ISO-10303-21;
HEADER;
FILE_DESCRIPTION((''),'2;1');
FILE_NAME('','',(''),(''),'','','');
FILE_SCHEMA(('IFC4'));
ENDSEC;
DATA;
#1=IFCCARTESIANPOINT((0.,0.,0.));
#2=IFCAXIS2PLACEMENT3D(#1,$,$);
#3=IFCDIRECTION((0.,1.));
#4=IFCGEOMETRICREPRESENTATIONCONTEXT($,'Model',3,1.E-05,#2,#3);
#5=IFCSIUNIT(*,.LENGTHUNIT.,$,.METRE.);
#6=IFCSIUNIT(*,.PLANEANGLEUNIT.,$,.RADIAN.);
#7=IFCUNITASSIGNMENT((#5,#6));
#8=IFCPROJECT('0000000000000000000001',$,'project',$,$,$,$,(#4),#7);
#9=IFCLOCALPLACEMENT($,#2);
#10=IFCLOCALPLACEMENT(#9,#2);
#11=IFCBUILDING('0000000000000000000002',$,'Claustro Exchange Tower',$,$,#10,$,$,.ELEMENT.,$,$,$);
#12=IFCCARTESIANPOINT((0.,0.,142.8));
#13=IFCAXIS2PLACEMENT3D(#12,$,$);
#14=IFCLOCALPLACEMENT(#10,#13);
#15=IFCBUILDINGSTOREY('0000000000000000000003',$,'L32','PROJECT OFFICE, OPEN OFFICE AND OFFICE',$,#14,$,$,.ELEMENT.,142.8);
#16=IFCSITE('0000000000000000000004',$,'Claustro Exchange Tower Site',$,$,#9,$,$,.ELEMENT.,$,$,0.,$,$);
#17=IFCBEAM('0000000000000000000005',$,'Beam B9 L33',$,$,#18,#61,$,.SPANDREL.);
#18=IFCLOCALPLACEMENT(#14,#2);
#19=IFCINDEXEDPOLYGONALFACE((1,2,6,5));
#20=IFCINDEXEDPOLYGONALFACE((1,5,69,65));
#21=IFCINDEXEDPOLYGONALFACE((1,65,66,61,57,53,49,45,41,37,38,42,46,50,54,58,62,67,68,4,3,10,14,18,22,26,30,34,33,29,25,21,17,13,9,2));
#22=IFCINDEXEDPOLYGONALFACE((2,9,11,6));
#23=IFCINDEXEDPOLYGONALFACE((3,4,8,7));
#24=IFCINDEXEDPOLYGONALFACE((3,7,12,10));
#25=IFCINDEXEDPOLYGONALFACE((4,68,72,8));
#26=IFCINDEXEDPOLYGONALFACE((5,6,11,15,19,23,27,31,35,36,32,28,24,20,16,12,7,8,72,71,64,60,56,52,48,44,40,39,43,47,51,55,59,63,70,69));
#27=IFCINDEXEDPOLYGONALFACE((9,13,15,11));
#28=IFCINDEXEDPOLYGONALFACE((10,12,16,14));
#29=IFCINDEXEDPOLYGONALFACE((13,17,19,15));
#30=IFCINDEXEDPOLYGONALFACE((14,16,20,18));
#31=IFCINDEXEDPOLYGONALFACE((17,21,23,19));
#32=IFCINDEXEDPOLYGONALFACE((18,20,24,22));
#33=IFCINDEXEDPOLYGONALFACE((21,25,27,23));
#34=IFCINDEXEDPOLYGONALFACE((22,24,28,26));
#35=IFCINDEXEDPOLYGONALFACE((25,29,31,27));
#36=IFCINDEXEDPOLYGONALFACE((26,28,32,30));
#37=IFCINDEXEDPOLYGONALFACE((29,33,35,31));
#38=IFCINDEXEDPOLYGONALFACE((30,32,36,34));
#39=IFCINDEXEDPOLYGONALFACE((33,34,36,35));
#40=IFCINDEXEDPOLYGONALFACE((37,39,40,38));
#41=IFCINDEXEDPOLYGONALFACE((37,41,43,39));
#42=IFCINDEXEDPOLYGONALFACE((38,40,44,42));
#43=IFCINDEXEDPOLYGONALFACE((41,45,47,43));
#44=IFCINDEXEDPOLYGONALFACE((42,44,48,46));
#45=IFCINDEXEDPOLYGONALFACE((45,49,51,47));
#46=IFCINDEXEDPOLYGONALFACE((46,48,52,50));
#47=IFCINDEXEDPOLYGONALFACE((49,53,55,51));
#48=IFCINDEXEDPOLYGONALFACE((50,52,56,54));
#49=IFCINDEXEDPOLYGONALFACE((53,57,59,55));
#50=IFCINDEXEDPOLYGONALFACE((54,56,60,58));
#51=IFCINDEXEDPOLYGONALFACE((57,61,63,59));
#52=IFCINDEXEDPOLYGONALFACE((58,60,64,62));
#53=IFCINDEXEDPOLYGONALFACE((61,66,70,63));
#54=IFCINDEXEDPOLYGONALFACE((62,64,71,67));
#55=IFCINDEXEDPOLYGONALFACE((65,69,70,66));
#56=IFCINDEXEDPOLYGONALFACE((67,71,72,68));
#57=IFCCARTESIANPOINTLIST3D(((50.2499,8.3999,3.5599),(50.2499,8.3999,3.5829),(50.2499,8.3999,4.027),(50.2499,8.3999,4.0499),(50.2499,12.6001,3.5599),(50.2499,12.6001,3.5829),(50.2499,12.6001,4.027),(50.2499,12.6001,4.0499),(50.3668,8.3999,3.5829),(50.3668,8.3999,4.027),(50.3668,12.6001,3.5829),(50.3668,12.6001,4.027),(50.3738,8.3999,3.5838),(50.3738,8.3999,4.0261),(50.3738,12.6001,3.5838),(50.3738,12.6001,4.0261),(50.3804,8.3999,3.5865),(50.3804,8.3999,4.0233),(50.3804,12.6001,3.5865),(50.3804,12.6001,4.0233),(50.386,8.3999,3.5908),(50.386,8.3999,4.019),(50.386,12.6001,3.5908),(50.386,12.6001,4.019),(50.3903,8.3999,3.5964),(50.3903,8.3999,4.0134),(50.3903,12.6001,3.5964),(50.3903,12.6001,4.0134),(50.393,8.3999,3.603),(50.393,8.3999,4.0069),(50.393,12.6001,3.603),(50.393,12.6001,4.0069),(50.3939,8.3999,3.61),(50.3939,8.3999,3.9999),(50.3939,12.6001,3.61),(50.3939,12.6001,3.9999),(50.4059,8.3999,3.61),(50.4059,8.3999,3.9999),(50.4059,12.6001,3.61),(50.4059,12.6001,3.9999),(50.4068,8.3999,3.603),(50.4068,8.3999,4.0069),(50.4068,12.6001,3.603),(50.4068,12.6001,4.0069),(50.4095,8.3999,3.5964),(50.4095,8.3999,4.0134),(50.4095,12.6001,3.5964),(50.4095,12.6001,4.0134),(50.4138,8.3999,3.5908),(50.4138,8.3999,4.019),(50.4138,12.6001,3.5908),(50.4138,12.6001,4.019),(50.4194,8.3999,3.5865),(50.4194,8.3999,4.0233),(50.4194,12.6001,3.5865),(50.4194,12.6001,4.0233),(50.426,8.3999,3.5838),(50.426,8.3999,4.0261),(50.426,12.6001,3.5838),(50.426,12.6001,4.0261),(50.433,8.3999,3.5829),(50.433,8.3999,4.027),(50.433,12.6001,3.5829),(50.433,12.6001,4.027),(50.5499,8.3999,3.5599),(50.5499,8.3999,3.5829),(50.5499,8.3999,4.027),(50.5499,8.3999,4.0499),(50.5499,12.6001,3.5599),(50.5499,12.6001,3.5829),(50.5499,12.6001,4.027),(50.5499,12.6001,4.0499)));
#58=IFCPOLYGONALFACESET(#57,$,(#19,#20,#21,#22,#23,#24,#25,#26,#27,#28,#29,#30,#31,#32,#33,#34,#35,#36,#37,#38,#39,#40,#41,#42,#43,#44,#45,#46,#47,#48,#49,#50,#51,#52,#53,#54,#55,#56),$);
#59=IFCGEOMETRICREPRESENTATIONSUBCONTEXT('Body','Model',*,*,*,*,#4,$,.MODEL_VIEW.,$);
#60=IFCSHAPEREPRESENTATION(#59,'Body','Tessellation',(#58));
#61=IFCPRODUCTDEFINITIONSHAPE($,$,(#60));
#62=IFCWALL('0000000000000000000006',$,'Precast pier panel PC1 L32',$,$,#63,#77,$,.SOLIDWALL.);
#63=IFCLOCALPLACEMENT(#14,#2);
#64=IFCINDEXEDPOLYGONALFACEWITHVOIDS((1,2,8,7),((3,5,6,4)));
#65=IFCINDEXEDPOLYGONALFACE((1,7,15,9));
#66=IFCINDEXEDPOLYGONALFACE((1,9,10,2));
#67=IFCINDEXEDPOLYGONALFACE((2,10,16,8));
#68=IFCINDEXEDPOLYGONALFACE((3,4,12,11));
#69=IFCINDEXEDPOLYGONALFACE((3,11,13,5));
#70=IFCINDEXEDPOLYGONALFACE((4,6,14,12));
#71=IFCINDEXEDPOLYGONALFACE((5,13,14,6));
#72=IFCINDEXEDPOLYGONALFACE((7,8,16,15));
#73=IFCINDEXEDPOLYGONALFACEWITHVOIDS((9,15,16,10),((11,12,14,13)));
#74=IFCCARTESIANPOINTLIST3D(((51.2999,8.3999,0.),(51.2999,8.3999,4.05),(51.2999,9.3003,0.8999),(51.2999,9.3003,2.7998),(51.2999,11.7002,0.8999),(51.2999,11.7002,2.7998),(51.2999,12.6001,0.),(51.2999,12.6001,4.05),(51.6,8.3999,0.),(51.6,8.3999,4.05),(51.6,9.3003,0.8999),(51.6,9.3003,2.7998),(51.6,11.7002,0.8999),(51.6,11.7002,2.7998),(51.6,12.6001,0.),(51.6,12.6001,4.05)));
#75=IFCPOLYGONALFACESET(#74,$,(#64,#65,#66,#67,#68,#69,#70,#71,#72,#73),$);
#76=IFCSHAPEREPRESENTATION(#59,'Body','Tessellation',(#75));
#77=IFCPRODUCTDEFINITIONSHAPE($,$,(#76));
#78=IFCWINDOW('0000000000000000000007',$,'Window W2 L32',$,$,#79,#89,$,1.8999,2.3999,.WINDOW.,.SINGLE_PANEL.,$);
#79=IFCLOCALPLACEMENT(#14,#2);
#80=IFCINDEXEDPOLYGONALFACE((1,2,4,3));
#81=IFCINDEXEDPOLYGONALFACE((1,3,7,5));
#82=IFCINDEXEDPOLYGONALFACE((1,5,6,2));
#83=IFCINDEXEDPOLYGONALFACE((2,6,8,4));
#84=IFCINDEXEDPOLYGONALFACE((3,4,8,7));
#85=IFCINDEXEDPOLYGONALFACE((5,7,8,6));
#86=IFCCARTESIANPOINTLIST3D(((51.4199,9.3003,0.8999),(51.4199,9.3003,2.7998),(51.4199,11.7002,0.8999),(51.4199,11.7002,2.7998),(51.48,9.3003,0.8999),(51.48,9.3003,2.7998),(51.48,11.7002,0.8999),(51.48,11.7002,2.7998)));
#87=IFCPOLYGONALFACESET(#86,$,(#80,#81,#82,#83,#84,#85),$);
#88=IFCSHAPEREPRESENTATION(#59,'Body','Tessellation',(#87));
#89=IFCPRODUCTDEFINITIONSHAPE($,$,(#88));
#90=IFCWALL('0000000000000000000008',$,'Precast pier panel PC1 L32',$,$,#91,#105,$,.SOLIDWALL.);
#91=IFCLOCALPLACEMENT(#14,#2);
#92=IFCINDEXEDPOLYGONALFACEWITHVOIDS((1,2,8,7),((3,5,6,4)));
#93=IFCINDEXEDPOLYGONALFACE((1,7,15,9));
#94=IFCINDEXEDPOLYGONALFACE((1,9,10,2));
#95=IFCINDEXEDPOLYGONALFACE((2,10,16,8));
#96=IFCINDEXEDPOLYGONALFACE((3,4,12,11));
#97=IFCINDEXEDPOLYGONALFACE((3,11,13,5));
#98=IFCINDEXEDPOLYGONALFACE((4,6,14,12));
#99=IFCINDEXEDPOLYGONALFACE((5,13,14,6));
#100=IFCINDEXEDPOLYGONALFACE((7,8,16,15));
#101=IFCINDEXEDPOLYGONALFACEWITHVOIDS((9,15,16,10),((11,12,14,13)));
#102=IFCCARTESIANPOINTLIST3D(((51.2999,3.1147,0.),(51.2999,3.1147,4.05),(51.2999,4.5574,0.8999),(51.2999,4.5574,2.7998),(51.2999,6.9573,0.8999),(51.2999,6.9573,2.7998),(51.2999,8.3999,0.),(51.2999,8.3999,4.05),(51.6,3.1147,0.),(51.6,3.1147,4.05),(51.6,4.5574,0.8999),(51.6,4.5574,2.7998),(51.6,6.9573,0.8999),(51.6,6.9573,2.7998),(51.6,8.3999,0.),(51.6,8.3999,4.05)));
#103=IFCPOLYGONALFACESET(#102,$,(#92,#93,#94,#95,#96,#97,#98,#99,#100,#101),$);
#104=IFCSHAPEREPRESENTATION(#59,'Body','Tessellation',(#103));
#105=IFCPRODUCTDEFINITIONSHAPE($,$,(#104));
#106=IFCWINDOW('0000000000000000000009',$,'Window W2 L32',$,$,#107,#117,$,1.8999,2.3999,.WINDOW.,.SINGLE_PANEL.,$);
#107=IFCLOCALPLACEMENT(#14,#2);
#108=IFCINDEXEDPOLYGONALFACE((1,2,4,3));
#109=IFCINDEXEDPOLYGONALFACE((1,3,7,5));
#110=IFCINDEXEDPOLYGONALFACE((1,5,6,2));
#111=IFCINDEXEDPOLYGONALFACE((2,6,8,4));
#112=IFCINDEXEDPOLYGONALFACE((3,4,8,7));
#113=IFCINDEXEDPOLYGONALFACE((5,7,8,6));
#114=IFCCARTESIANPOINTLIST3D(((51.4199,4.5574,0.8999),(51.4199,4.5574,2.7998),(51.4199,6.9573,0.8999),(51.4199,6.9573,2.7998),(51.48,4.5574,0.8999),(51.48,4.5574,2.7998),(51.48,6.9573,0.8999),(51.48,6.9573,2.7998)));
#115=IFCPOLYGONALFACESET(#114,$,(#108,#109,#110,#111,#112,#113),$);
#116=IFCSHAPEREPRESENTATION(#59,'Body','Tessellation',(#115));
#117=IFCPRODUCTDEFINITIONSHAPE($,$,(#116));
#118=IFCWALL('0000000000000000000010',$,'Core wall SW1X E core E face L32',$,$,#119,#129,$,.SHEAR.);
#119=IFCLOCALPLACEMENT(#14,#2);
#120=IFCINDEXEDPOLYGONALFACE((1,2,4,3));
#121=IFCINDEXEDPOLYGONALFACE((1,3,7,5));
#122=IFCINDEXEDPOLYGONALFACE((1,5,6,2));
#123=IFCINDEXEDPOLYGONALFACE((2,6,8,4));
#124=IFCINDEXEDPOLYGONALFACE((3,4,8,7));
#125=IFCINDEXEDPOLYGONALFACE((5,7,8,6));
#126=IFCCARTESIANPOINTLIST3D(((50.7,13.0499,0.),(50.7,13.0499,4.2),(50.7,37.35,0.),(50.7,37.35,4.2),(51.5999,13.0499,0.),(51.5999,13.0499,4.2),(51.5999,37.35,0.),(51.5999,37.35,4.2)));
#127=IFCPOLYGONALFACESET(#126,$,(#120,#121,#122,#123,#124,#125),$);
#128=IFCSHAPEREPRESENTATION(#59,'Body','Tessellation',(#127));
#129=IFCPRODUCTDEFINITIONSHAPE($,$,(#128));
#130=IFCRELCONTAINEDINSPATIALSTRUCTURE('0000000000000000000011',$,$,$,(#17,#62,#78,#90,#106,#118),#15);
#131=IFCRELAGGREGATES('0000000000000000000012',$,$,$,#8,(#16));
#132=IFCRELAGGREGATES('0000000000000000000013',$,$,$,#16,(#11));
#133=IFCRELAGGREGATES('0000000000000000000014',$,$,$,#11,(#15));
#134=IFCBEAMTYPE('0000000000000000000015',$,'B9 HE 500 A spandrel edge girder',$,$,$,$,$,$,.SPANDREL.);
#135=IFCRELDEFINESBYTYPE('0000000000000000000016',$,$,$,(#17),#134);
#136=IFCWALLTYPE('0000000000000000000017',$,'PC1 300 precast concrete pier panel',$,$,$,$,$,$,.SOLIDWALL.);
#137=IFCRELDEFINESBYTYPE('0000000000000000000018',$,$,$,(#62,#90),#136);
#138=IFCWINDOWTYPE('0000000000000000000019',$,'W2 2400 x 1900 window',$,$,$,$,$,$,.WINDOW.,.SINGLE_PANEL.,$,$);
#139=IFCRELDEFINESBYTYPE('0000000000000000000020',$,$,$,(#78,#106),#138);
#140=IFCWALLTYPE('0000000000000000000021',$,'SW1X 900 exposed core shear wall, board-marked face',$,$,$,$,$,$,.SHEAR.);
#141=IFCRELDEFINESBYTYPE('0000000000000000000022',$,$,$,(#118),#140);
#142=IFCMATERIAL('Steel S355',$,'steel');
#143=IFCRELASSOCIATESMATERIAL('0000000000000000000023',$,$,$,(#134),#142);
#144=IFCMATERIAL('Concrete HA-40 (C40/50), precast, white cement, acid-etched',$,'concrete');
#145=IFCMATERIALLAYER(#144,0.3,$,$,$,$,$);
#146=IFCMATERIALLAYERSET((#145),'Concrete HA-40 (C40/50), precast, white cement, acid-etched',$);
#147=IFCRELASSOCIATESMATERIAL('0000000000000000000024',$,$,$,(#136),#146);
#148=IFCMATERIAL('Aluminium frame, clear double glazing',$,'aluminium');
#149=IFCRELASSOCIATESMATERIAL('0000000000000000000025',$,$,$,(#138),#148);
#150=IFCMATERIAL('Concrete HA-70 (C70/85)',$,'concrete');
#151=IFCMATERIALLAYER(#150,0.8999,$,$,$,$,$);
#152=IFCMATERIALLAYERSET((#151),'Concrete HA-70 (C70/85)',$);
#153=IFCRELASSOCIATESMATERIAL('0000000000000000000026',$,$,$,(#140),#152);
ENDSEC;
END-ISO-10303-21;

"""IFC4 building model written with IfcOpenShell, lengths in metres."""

from ifc_helpers import new_model, si_unit, direction, frame, frame_2d, origin, origin_2d, place, context, subcontext, project, spatial, rectangle, i_section, extrude, material, layer, layer_set, material_profile, profile_set, type_object, element, fill, save


model = new_model("IFC4")

# Units and contexts
model_context = context("Model", 3, precision=1e-05, world=origin(), true_north=direction((0.0, 1.0)))
body_context = subcontext(model_context, "Body", "Model", "MODEL_VIEW")
ifc_project = project(units=[si_unit("LENGTHUNIT", "METRE"), si_unit("PLANEANGLEUNIT", "RADIAN")], contexts=[model_context])

# Site, building, storey
site_placement = place(None, origin())
site = spatial("IfcSite", under=ifc_project, at=site_placement, Name="Claustro Exchange Tower Site", CompositionType="ELEMENT", RefElevation=0.0)
building_placement = place(site_placement, origin())
building = spatial("IfcBuilding", under=site, at=building_placement, Name="Claustro Exchange Tower", CompositionType="ELEMENT")
storey_placement = place(building_placement, frame((0.0, 0.0, 142.8)))
storey = spatial("IfcBuildingStorey", under=building, at=storey_placement, Name="L32", Description="PROJECT OFFICE, OPEN OFFICE AND OFFICE", CompositionType="ELEMENT", Elevation=142.8)

# Beam
ifc_material_1 = material(Name="Steel S355", Category="steel")
ifc_material_profile_1 = material_profile(ifc_material_1, i_section(OverallWidth=0.3, OverallDepth=0.49, WebThickness=0.012, FlangeThickness=0.0229, FilletRadius=0.0271, at=origin_2d()), Name="HE 500 A")
ifc_profile_set_1 = profile_set([ifc_material_profile_1], Name="Steel S355")
beam_type_1 = type_object("IfcBeamType", Name="B9 HE 500 A spandrel edge girder", PredefinedType="SPANDREL", material=ifc_profile_set_1)
beam_1_placement = place(storey_placement, frame((50.3999, 8.3999, 3.8049), z_axis=(0.0, 1.0, 0.0), x_axis=(-1.0, 0.0, 0.0)))
element("IfcBeam", 1, at=beam_1_placement, inside=storey, type_object=beam_type_1, Name="Beam B9 L33", PredefinedType="SPANDREL", context=body_context, shape_type="SweptSolid", body=[
    extrude(i_section(OverallWidth=0.3, OverallDepth=0.49, WebThickness=0.012, FlangeThickness=0.0229, FilletRadius=0.0271, at=origin_2d()), origin(), (0.0, 0.0, 1.0), 4.2002),
])

# Walls, openings, windows
ifc_material_2 = material(Name="Concrete HA-40 (C40/50), precast, white cement, acid-etched", Category="concrete")
ifc_layer_1 = layer(ifc_material_2, 0.3)
ifc_layer_set_1 = layer_set([ifc_layer_1], Name="Concrete HA-40 (C40/50), precast, white cement, acid-etched")
wall_type_1 = type_object("IfcWallType", Name="PC1 300 precast concrete pier panel", PredefinedType="SOLIDWALL", material=ifc_layer_set_1)
wall_1_placement = place(storey_placement, frame((51.45, 12.6001, 0.0), z_axis=(0.0, 0.0, 1.0), x_axis=(0.0, -1.0, 0.0)))
wall_1 = element("IfcWall", 2, at=wall_1_placement, inside=storey, type_object=wall_type_1, Name="Precast pier panel PC1 L32", PredefinedType="SOLIDWALL", context=body_context, shape_type="SweptSolid", body=[
    extrude(rectangle(XDim=4.2002, YDim=0.3, at=frame_2d((2.1001, 0.0))), origin(), (0.0, 0.0, 1.0), 4.05),
])
opening_1_placement = place(wall_1_placement, frame((0.8999, 0.0, 0.8999)))
opening_1 = element("IfcOpeningElement", 3, at=opening_1_placement, cuts=wall_1, PredefinedType="OPENING", context=body_context, shape_type="SweptSolid", body=[
    extrude(rectangle(XDim=2.3999, YDim=1.8999, at=frame_2d((1.2, 0.95))), frame((0.0, 0.1599, 0.0), z_axis=(0.0, -1.0, 0.0), x_axis=(1.0, 0.0, 0.0)), (0.0, 0.0, 1.0), 0.3201),
])
ifc_material_3 = material(Name="Aluminium frame, clear double glazing", Category="aluminium")
window_type = type_object("IfcWindowType", Name="W2 2400 x 1900 window", PartitioningType="SINGLE_PANEL", PredefinedType="WINDOW", material=ifc_material_3)
window_1_placement = place(opening_1_placement, origin())
window_1 = element("IfcWindow", 4, at=window_1_placement, inside=storey, type_object=window_type, Name="Window W2 L32", OverallHeight=1.8999, OverallWidth=2.3999, PartitioningType="SINGLE_PANEL", PredefinedType="WINDOW", context=body_context, shape_type="SweptSolid", body=[
    extrude(rectangle(XDim=2.3999, YDim=1.8999, at=frame_2d((1.2, 0.95))), frame((0.0, 0.03, 0.0), z_axis=(0.0, -1.0, 0.0), x_axis=(1.0, 0.0, 0.0)), (0.0, 0.0, 1.0), 0.0601),
])
fill(opening_1, window_1)
wall_2_placement = place(storey_placement, frame((51.45, 8.3999, 0.0), z_axis=(0.0, 0.0, 1.0), x_axis=(0.0, -1.0, 0.0)))
wall_2 = element("IfcWall", 5, at=wall_2_placement, inside=storey, type_object=wall_type_1, Name="Precast pier panel PC1 L32", PredefinedType="SOLIDWALL", context=body_context, shape_type="SweptSolid", body=[
    extrude(rectangle(XDim=5.2852, YDim=0.3, at=frame_2d((2.6426, 0.0))), origin(), (0.0, 0.0, 1.0), 4.05),
])
opening_2_placement = place(wall_2_placement, frame((1.4426, 0.0, 0.8999)))
opening_2 = element("IfcOpeningElement", 6, at=opening_2_placement, cuts=wall_2, PredefinedType="OPENING", context=body_context, shape_type="SweptSolid", body=[
    extrude(rectangle(XDim=2.3999, YDim=1.8999, at=frame_2d((1.2, 0.95))), frame((0.0, 0.1599, 0.0), z_axis=(0.0, -1.0, 0.0), x_axis=(1.0, 0.0, 0.0)), (0.0, 0.0, 1.0), 0.3201),
])
window_2_placement = place(opening_2_placement, origin())
window_2 = element("IfcWindow", 7, at=window_2_placement, inside=storey, type_object=window_type, Name="Window W2 L32", OverallHeight=1.8999, OverallWidth=2.3999, PartitioningType="SINGLE_PANEL", PredefinedType="WINDOW", context=body_context, shape_type="SweptSolid", body=[
    extrude(rectangle(XDim=2.3999, YDim=1.8999, at=frame_2d((1.2, 0.95))), frame((0.0, 0.03, 0.0), z_axis=(0.0, -1.0, 0.0), x_axis=(1.0, 0.0, 0.0)), (0.0, 0.0, 1.0), 0.0601),
])
fill(opening_2, window_2)

# Wall
ifc_material_4 = material(Name="Concrete HA-70 (C70/85)", Category="concrete")
ifc_layer_2 = layer(ifc_material_4, 0.8999)
ifc_layer_set_2 = layer_set([ifc_layer_2], Name="Concrete HA-70 (C70/85)")
wall_type_2 = type_object("IfcWallType", Name="SW1X 900 exposed core shear wall, board-marked face", PredefinedType="SHEAR", material=ifc_layer_set_2)
wall_3_placement = place(storey_placement, frame((51.1499, 13.05, 0.0), z_axis=(0.0, 0.0, 1.0), x_axis=(0.0, 1.0, 0.0)))
element("IfcWall", 8, at=wall_3_placement, inside=storey, type_object=wall_type_2, Name="Core wall SW1X E core E face L32", PredefinedType="SHEAR", context=body_context, shape_type="SweptSolid", body=[
    extrude(rectangle(XDim=24.3, YDim=0.8999, at=frame_2d((12.1499, 0.0))), origin(), (0.0, 0.0, 1.0), 4.2),
])

save(model, "model.ifc")
